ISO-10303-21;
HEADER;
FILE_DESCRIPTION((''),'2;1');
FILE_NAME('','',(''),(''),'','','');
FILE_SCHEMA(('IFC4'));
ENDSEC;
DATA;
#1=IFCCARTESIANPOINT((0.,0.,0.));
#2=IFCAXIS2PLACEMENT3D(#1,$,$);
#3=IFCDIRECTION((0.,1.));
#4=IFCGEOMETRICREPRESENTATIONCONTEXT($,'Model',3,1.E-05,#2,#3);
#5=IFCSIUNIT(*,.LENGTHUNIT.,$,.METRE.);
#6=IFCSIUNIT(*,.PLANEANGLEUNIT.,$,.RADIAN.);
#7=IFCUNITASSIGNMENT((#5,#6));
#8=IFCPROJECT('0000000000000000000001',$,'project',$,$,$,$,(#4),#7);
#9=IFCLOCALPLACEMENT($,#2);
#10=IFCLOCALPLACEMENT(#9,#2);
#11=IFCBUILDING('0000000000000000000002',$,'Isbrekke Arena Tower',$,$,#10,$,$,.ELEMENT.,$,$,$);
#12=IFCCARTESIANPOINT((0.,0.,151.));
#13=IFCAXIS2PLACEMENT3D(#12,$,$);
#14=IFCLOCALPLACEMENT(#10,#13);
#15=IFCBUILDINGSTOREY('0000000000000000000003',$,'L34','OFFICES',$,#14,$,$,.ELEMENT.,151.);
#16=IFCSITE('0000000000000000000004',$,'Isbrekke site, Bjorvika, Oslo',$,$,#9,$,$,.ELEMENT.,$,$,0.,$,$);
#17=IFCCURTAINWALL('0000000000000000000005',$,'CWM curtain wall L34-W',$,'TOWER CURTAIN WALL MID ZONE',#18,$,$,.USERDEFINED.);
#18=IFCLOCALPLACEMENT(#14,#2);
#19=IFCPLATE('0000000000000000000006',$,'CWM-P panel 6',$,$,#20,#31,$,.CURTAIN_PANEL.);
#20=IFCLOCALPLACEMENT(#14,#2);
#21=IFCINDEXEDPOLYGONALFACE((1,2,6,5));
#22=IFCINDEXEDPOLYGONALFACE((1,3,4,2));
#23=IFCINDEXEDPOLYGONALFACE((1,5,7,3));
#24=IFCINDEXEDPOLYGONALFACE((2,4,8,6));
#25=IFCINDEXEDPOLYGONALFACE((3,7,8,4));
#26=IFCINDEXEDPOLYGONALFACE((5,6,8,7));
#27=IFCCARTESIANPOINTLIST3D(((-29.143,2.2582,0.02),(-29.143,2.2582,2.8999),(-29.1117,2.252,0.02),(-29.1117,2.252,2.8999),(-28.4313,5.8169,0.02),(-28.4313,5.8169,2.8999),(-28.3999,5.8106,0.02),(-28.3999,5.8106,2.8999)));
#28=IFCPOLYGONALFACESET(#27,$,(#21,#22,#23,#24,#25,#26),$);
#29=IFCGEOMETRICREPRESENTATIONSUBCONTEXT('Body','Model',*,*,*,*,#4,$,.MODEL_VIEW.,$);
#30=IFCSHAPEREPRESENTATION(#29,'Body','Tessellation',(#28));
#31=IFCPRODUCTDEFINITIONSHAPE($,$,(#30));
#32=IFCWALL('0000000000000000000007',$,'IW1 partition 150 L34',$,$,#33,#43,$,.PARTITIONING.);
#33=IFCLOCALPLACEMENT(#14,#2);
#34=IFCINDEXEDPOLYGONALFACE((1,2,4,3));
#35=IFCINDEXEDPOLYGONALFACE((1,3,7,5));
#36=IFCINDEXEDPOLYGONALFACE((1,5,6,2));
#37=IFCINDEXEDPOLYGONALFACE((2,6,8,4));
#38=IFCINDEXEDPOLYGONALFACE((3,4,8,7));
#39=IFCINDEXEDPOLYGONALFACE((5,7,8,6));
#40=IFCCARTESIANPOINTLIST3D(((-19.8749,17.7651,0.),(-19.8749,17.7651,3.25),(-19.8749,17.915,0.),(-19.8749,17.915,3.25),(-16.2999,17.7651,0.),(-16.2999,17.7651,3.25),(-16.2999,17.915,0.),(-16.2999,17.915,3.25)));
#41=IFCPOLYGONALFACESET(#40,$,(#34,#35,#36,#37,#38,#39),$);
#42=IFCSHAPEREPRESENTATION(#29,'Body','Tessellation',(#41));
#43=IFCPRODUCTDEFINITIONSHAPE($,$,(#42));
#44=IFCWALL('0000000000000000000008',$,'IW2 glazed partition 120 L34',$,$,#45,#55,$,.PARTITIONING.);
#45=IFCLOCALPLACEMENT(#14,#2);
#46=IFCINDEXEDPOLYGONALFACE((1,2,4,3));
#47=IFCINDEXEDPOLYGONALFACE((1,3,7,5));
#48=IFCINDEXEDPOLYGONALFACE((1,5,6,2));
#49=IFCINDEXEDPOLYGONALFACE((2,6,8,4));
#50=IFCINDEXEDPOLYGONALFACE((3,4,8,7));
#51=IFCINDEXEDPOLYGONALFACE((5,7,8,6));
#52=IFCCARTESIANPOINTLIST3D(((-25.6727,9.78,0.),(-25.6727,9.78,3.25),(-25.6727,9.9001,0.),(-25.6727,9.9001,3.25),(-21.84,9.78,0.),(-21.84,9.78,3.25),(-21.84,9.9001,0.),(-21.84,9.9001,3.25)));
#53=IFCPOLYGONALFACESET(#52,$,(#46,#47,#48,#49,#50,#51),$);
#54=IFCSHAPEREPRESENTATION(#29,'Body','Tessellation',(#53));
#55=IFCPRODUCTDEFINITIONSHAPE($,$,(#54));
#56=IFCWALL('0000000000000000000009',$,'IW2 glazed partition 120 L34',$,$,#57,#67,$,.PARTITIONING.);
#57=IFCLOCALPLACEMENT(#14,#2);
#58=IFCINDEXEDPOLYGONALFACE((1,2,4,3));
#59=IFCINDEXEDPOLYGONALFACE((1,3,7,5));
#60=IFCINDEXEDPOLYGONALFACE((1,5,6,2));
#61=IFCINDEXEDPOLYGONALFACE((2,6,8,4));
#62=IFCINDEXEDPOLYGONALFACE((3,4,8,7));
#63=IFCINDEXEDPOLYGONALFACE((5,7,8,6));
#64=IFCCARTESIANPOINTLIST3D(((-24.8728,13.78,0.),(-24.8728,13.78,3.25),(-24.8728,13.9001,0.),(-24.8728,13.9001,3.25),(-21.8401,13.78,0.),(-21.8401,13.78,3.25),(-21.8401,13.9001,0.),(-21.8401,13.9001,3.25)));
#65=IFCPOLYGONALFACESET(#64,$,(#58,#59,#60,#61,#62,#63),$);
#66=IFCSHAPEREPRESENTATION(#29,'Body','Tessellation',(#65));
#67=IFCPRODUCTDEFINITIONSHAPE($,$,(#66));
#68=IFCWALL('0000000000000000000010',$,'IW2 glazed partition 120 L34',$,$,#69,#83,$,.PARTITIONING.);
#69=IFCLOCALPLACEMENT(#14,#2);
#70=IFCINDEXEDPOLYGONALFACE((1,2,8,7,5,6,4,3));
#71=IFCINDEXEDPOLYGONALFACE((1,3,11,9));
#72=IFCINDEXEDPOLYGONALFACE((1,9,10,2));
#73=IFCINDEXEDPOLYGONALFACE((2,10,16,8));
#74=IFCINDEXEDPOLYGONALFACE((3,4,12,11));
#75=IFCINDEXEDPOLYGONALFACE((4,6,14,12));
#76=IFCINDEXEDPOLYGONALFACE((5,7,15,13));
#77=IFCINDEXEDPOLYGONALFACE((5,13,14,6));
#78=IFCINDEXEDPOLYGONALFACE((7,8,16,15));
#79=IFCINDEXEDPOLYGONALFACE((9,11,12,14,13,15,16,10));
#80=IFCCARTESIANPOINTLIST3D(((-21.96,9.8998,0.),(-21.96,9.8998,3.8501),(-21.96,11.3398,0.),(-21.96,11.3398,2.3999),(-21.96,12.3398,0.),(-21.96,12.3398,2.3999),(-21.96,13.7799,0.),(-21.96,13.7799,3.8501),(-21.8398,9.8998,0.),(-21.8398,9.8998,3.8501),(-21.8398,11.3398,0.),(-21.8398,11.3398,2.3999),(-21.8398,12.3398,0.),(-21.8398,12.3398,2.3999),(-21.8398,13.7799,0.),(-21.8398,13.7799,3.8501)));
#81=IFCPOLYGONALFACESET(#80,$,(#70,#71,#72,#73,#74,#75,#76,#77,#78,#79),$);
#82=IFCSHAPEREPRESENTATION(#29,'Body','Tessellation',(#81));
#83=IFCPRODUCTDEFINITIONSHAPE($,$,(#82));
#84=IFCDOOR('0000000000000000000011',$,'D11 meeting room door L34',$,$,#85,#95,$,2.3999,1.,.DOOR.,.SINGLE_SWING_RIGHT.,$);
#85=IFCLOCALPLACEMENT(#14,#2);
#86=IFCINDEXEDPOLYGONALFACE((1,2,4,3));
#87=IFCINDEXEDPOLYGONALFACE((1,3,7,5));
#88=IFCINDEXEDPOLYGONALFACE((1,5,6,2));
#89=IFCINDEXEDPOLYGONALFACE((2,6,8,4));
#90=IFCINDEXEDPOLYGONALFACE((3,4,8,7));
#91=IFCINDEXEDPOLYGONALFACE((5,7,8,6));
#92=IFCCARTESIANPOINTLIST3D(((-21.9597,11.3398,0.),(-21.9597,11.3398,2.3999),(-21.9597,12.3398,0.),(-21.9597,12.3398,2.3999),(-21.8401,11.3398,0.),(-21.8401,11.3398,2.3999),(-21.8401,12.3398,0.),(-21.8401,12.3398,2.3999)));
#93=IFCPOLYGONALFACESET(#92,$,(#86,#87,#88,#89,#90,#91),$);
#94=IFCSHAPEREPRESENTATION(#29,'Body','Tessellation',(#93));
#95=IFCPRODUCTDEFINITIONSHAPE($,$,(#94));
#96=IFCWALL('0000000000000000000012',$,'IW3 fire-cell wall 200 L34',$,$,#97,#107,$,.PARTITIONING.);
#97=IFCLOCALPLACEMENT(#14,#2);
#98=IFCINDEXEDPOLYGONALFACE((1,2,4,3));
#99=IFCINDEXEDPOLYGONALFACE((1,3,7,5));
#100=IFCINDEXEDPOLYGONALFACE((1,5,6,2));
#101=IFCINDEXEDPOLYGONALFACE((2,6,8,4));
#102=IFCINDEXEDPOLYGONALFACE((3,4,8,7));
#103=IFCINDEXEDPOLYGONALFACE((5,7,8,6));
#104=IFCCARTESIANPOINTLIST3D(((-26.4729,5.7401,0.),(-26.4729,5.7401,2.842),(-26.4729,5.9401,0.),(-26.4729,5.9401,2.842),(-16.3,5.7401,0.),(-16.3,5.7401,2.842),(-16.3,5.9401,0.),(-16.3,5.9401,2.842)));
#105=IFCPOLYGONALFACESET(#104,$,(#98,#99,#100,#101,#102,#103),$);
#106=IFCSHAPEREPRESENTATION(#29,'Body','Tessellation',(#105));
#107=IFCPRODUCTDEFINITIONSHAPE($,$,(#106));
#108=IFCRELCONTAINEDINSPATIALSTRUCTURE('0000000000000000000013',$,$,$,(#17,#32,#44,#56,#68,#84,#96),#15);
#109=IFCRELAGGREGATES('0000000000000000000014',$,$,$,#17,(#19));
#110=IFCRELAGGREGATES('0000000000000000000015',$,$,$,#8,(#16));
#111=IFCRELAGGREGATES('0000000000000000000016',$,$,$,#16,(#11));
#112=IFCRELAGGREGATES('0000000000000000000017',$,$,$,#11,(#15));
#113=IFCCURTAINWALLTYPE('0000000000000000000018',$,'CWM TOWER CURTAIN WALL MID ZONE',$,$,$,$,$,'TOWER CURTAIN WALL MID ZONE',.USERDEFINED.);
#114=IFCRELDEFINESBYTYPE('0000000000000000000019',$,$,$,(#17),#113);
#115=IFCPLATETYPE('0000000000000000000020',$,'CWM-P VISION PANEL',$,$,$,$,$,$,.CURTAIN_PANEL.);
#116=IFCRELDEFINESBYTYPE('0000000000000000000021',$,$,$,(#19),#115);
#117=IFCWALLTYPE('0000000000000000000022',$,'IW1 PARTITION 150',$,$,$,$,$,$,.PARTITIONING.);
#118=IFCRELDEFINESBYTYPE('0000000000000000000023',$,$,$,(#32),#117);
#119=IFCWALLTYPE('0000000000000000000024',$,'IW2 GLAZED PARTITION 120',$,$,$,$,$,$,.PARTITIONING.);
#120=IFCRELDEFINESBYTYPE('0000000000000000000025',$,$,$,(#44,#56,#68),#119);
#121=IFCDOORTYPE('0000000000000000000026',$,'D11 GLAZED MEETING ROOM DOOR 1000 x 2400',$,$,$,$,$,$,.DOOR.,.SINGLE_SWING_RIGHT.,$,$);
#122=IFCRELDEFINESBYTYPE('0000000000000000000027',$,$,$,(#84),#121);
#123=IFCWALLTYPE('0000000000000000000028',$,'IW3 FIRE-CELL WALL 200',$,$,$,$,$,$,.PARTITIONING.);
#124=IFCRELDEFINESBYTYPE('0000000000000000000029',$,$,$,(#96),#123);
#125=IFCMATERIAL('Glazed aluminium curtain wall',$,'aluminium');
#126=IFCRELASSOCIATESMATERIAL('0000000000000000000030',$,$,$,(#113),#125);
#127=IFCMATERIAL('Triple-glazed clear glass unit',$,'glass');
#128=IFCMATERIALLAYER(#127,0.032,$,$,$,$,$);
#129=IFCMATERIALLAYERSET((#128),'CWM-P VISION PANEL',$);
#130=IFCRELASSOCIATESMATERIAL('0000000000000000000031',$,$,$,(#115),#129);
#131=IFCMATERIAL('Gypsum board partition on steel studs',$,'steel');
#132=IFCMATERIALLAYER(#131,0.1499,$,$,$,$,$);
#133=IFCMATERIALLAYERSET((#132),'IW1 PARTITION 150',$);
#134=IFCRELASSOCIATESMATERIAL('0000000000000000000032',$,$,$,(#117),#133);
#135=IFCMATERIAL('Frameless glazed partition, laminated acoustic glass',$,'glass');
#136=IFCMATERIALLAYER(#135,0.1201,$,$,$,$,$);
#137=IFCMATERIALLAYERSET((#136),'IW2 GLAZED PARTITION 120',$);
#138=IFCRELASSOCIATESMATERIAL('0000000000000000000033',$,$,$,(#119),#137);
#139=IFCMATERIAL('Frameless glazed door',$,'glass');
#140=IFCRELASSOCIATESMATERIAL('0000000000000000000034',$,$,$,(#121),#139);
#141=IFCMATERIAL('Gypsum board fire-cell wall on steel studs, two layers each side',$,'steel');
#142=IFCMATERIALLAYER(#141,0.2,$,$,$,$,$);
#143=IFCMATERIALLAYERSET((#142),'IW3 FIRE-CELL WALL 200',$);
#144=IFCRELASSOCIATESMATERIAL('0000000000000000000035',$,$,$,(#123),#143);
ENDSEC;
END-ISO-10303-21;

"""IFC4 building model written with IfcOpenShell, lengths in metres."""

from ifc_helpers import new_model, si_unit, direction, frame, frame_2d, origin, origin_2d, place, context, subcontext, project, spatial, rectangle, extrude, material, layer, layer_set, type_object, element, fill, aggregate, save


model = new_model("IFC4")

# Units and contexts
model_context = context("Model", 3, precision=1e-05, world=origin(), true_north=direction((0.0, 1.0)))
body_context = subcontext(model_context, "Body", "Model", "MODEL_VIEW")
ifc_project = project(units=[si_unit("LENGTHUNIT", "METRE"), si_unit("PLANEANGLEUNIT", "RADIAN")], contexts=[model_context])

# Site, building, storey
site_placement = place(None, origin())
site = spatial("IfcSite", under=ifc_project, at=site_placement, Name="Isbrekke site, Bjorvika, Oslo", CompositionType="ELEMENT", RefElevation=0.0)
building_placement = place(site_placement, origin())
building = spatial("IfcBuilding", under=site, at=building_placement, Name="Isbrekke Arena Tower", CompositionType="ELEMENT")
storey_placement = place(building_placement, frame((0.0, 0.0, 151.0)))
storey = spatial("IfcBuildingStorey", under=building, at=storey_placement, Name="L34", Description="OFFICES", CompositionType="ELEMENT", Elevation=151.0)

# Curtain wall
ifc_material_1 = material(Name="Glazed aluminium curtain wall", Category="aluminium")
curtain_wall_type = type_object("IfcCurtainWallType", Name="CWM TOWER CURTAIN WALL MID ZONE", ElementType="TOWER CURTAIN WALL MID ZONE", PredefinedType="USERDEFINED", material=ifc_material_1)
curtain_wall_placement = place(storey_placement, origin())
curtain_wall = element("IfcCurtainWall", 1, at=curtain_wall_placement, inside=storey, type_object=curtain_wall_type, Name="CWM curtain wall L34-W", ObjectType="TOWER CURTAIN WALL MID ZONE", PredefinedType="USERDEFINED")

# Plate
ifc_material_2 = material(Name="Triple-glazed clear glass unit", Category="glass")
ifc_layer_1 = layer(ifc_material_2, 0.032)
ifc_layer_set_1 = layer_set([ifc_layer_1], Name="CWM-P VISION PANEL")
plate_type = type_object("IfcPlateType", Name="CWM-P VISION PANEL", PredefinedType="CURTAIN_PANEL", material=ifc_layer_set_1)
plate_1_placement = place(storey_placement, frame((-28.7715, 4.0344, 0.02), z_axis=(0.0, 0.0, 1.0), x_axis=(-0.196116, -0.980581, 0.0)))
plate_1 = element("IfcPlate", 2, at=plate_1_placement, type_object=plate_type, Name="CWM-P panel 6", PredefinedType="CURTAIN_PANEL", context=body_context, shape_type="SweptSolid", body=[
    extrude(rectangle(XDim=3.6292, YDim=0.032, at=origin_2d()), origin(), (0.0, 0.0, 1.0), 2.8799),
])
aggregate(curtain_wall, [plate_1])

# Walls
ifc_material_3 = material(Name="Gypsum board partition on steel studs", Category="steel")
ifc_layer_2 = layer(ifc_material_3, 0.1499)
ifc_layer_set_2 = layer_set([ifc_layer_2], Name="IW1 PARTITION 150")
wall_type_1 = type_object("IfcWallType", Name="IW1 PARTITION 150", PredefinedType="PARTITIONING", material=ifc_layer_set_2)
wall_1_placement = place(storey_placement, frame((-19.875, 17.8401, 0.0), z_axis=(0.0, 0.0, 1.0), x_axis=(1.0, 0.0, 0.0)))
element("IfcWall", 3, at=wall_1_placement, inside=storey, type_object=wall_type_1, Name="IW1 partition 150 L34", PredefinedType="PARTITIONING", context=body_context, shape_type="SweptSolid", body=[
    extrude(rectangle(XDim=3.575, YDim=0.1499, at=frame_2d((1.7876, 0.0))), origin(), (0.0, 0.0, 1.0), 3.25),
])
ifc_material_4 = material(Name="Frameless glazed partition, laminated acoustic glass", Category="glass")
ifc_layer_3 = layer(ifc_material_4, 0.1201)
ifc_layer_set_3 = layer_set([ifc_layer_3], Name="IW2 GLAZED PARTITION 120")
wall_type_2 = type_object("IfcWallType", Name="IW2 GLAZED PARTITION 120", PredefinedType="PARTITIONING", material=ifc_layer_set_3)
wall_2_placement = place(storey_placement, frame((-25.6729, 9.8401, 0.0), z_axis=(0.0, 0.0, 1.0), x_axis=(1.0, 0.0, 0.0)))
element("IfcWall", 4, at=wall_2_placement, inside=storey, type_object=wall_type_2, Name="IW2 glazed partition 120 L34", PredefinedType="PARTITIONING", context=body_context, shape_type="SweptSolid", body=[
    extrude(rectangle(XDim=3.8328, YDim=0.1201, at=frame_2d((1.9165, 0.0))), origin(), (0.0, 0.0, 1.0), 3.25),
])
wall_3_placement = place(storey_placement, frame((-24.8728, 13.8401, 0.0), z_axis=(0.0, 0.0, 1.0), x_axis=(1.0, 0.0, 0.0)))
element("IfcWall", 5, at=wall_3_placement, inside=storey, type_object=wall_type_2, Name="IW2 glazed partition 120 L34", PredefinedType="PARTITIONING", context=body_context, shape_type="SweptSolid", body=[
    extrude(rectangle(XDim=3.0327, YDim=0.1201, at=frame_2d((1.5164, 0.0))), origin(), (0.0, 0.0, 1.0), 3.25),
])

# Wall, opening, door
wall_4_placement = place(storey_placement, frame((-21.8999, 9.8999, 0.0), z_axis=(0.0, 0.0, 1.0), x_axis=(0.0, 1.0, 0.0)))
wall_4 = element("IfcWall", 6, at=wall_4_placement, inside=storey, type_object=wall_type_2, Name="IW2 glazed partition 120 L34", PredefinedType="PARTITIONING", context=body_context, shape_type="SweptSolid", body=[
    extrude(rectangle(XDim=3.8801, YDim=0.1201, at=frame_2d((1.9399, 0.0))), origin(), (0.0, 0.0, 1.0), 3.8501),
])
opening_placement = place(wall_4_placement, frame((1.4399, 0.0, 0.0)))
opening = element("IfcOpeningElement", 7, at=opening_placement, cuts=wall_4, PredefinedType="OPENING", context=body_context, shape_type="SweptSolid", body=[
    extrude(rectangle(XDim=1.0, YDim=2.3999, at=frame_2d((0.5, 1.2))), frame((0.0, 0.075, 0.0), z_axis=(0.0, -1.0, 0.0), x_axis=(1.0, 0.0, 0.0)), (0.0, 0.0, 1.0), 0.1499),
])
ifc_material_5 = material(Name="Frameless glazed door", Category="glass")
door_type = type_object("IfcDoorType", Name="D11 GLAZED MEETING ROOM DOOR 1000 x 2400", OperationType="SINGLE_SWING_RIGHT", PredefinedType="DOOR", material=ifc_material_5)
door_placement = place(opening_placement, origin())
door = element("IfcDoor", 8, at=door_placement, inside=storey, type_object=door_type, Name="D11 meeting room door L34", OperationType="SINGLE_SWING_RIGHT", OverallHeight=2.3999, OverallWidth=1.0, PredefinedType="DOOR", context=body_context, shape_type="SweptSolid", body=[
    extrude(rectangle(XDim=1.0, YDim=2.3999, at=frame_2d((0.5, 1.2))), frame((0.0, 0.0598, 0.0), z_axis=(0.0, -1.0, 0.0), x_axis=(1.0, 0.0, 0.0)), (0.0, 0.0, 1.0), 0.1196),
])
fill(opening, door)

# Wall
ifc_material_6 = material(Name="Gypsum board fire-cell wall on steel studs, two layers each side", Category="steel")
ifc_layer_4 = layer(ifc_material_6, 0.2)
ifc_layer_set_4 = layer_set([ifc_layer_4], Name="IW3 FIRE-CELL WALL 200")
wall_type_3 = type_object("IfcWallType", Name="IW3 FIRE-CELL WALL 200", PredefinedType="PARTITIONING", material=ifc_layer_set_4)
wall_5_placement = place(storey_placement, frame((-26.4729, 5.8401, 0.0), z_axis=(0.0, 0.0, 1.0), x_axis=(1.0, 0.0, 0.0)))
element("IfcWall", 9, at=wall_5_placement, inside=storey, type_object=wall_type_3, Name="IW3 fire-cell wall 200 L34", PredefinedType="PARTITIONING", context=body_context, shape_type="SweptSolid", body=[
    extrude(rectangle(XDim=10.1729, YDim=0.2, at=frame_2d((5.0864, 0.0))), origin(), (0.0, 0.0, 1.0), 2.842),
])

save(model, "model.ifc")
